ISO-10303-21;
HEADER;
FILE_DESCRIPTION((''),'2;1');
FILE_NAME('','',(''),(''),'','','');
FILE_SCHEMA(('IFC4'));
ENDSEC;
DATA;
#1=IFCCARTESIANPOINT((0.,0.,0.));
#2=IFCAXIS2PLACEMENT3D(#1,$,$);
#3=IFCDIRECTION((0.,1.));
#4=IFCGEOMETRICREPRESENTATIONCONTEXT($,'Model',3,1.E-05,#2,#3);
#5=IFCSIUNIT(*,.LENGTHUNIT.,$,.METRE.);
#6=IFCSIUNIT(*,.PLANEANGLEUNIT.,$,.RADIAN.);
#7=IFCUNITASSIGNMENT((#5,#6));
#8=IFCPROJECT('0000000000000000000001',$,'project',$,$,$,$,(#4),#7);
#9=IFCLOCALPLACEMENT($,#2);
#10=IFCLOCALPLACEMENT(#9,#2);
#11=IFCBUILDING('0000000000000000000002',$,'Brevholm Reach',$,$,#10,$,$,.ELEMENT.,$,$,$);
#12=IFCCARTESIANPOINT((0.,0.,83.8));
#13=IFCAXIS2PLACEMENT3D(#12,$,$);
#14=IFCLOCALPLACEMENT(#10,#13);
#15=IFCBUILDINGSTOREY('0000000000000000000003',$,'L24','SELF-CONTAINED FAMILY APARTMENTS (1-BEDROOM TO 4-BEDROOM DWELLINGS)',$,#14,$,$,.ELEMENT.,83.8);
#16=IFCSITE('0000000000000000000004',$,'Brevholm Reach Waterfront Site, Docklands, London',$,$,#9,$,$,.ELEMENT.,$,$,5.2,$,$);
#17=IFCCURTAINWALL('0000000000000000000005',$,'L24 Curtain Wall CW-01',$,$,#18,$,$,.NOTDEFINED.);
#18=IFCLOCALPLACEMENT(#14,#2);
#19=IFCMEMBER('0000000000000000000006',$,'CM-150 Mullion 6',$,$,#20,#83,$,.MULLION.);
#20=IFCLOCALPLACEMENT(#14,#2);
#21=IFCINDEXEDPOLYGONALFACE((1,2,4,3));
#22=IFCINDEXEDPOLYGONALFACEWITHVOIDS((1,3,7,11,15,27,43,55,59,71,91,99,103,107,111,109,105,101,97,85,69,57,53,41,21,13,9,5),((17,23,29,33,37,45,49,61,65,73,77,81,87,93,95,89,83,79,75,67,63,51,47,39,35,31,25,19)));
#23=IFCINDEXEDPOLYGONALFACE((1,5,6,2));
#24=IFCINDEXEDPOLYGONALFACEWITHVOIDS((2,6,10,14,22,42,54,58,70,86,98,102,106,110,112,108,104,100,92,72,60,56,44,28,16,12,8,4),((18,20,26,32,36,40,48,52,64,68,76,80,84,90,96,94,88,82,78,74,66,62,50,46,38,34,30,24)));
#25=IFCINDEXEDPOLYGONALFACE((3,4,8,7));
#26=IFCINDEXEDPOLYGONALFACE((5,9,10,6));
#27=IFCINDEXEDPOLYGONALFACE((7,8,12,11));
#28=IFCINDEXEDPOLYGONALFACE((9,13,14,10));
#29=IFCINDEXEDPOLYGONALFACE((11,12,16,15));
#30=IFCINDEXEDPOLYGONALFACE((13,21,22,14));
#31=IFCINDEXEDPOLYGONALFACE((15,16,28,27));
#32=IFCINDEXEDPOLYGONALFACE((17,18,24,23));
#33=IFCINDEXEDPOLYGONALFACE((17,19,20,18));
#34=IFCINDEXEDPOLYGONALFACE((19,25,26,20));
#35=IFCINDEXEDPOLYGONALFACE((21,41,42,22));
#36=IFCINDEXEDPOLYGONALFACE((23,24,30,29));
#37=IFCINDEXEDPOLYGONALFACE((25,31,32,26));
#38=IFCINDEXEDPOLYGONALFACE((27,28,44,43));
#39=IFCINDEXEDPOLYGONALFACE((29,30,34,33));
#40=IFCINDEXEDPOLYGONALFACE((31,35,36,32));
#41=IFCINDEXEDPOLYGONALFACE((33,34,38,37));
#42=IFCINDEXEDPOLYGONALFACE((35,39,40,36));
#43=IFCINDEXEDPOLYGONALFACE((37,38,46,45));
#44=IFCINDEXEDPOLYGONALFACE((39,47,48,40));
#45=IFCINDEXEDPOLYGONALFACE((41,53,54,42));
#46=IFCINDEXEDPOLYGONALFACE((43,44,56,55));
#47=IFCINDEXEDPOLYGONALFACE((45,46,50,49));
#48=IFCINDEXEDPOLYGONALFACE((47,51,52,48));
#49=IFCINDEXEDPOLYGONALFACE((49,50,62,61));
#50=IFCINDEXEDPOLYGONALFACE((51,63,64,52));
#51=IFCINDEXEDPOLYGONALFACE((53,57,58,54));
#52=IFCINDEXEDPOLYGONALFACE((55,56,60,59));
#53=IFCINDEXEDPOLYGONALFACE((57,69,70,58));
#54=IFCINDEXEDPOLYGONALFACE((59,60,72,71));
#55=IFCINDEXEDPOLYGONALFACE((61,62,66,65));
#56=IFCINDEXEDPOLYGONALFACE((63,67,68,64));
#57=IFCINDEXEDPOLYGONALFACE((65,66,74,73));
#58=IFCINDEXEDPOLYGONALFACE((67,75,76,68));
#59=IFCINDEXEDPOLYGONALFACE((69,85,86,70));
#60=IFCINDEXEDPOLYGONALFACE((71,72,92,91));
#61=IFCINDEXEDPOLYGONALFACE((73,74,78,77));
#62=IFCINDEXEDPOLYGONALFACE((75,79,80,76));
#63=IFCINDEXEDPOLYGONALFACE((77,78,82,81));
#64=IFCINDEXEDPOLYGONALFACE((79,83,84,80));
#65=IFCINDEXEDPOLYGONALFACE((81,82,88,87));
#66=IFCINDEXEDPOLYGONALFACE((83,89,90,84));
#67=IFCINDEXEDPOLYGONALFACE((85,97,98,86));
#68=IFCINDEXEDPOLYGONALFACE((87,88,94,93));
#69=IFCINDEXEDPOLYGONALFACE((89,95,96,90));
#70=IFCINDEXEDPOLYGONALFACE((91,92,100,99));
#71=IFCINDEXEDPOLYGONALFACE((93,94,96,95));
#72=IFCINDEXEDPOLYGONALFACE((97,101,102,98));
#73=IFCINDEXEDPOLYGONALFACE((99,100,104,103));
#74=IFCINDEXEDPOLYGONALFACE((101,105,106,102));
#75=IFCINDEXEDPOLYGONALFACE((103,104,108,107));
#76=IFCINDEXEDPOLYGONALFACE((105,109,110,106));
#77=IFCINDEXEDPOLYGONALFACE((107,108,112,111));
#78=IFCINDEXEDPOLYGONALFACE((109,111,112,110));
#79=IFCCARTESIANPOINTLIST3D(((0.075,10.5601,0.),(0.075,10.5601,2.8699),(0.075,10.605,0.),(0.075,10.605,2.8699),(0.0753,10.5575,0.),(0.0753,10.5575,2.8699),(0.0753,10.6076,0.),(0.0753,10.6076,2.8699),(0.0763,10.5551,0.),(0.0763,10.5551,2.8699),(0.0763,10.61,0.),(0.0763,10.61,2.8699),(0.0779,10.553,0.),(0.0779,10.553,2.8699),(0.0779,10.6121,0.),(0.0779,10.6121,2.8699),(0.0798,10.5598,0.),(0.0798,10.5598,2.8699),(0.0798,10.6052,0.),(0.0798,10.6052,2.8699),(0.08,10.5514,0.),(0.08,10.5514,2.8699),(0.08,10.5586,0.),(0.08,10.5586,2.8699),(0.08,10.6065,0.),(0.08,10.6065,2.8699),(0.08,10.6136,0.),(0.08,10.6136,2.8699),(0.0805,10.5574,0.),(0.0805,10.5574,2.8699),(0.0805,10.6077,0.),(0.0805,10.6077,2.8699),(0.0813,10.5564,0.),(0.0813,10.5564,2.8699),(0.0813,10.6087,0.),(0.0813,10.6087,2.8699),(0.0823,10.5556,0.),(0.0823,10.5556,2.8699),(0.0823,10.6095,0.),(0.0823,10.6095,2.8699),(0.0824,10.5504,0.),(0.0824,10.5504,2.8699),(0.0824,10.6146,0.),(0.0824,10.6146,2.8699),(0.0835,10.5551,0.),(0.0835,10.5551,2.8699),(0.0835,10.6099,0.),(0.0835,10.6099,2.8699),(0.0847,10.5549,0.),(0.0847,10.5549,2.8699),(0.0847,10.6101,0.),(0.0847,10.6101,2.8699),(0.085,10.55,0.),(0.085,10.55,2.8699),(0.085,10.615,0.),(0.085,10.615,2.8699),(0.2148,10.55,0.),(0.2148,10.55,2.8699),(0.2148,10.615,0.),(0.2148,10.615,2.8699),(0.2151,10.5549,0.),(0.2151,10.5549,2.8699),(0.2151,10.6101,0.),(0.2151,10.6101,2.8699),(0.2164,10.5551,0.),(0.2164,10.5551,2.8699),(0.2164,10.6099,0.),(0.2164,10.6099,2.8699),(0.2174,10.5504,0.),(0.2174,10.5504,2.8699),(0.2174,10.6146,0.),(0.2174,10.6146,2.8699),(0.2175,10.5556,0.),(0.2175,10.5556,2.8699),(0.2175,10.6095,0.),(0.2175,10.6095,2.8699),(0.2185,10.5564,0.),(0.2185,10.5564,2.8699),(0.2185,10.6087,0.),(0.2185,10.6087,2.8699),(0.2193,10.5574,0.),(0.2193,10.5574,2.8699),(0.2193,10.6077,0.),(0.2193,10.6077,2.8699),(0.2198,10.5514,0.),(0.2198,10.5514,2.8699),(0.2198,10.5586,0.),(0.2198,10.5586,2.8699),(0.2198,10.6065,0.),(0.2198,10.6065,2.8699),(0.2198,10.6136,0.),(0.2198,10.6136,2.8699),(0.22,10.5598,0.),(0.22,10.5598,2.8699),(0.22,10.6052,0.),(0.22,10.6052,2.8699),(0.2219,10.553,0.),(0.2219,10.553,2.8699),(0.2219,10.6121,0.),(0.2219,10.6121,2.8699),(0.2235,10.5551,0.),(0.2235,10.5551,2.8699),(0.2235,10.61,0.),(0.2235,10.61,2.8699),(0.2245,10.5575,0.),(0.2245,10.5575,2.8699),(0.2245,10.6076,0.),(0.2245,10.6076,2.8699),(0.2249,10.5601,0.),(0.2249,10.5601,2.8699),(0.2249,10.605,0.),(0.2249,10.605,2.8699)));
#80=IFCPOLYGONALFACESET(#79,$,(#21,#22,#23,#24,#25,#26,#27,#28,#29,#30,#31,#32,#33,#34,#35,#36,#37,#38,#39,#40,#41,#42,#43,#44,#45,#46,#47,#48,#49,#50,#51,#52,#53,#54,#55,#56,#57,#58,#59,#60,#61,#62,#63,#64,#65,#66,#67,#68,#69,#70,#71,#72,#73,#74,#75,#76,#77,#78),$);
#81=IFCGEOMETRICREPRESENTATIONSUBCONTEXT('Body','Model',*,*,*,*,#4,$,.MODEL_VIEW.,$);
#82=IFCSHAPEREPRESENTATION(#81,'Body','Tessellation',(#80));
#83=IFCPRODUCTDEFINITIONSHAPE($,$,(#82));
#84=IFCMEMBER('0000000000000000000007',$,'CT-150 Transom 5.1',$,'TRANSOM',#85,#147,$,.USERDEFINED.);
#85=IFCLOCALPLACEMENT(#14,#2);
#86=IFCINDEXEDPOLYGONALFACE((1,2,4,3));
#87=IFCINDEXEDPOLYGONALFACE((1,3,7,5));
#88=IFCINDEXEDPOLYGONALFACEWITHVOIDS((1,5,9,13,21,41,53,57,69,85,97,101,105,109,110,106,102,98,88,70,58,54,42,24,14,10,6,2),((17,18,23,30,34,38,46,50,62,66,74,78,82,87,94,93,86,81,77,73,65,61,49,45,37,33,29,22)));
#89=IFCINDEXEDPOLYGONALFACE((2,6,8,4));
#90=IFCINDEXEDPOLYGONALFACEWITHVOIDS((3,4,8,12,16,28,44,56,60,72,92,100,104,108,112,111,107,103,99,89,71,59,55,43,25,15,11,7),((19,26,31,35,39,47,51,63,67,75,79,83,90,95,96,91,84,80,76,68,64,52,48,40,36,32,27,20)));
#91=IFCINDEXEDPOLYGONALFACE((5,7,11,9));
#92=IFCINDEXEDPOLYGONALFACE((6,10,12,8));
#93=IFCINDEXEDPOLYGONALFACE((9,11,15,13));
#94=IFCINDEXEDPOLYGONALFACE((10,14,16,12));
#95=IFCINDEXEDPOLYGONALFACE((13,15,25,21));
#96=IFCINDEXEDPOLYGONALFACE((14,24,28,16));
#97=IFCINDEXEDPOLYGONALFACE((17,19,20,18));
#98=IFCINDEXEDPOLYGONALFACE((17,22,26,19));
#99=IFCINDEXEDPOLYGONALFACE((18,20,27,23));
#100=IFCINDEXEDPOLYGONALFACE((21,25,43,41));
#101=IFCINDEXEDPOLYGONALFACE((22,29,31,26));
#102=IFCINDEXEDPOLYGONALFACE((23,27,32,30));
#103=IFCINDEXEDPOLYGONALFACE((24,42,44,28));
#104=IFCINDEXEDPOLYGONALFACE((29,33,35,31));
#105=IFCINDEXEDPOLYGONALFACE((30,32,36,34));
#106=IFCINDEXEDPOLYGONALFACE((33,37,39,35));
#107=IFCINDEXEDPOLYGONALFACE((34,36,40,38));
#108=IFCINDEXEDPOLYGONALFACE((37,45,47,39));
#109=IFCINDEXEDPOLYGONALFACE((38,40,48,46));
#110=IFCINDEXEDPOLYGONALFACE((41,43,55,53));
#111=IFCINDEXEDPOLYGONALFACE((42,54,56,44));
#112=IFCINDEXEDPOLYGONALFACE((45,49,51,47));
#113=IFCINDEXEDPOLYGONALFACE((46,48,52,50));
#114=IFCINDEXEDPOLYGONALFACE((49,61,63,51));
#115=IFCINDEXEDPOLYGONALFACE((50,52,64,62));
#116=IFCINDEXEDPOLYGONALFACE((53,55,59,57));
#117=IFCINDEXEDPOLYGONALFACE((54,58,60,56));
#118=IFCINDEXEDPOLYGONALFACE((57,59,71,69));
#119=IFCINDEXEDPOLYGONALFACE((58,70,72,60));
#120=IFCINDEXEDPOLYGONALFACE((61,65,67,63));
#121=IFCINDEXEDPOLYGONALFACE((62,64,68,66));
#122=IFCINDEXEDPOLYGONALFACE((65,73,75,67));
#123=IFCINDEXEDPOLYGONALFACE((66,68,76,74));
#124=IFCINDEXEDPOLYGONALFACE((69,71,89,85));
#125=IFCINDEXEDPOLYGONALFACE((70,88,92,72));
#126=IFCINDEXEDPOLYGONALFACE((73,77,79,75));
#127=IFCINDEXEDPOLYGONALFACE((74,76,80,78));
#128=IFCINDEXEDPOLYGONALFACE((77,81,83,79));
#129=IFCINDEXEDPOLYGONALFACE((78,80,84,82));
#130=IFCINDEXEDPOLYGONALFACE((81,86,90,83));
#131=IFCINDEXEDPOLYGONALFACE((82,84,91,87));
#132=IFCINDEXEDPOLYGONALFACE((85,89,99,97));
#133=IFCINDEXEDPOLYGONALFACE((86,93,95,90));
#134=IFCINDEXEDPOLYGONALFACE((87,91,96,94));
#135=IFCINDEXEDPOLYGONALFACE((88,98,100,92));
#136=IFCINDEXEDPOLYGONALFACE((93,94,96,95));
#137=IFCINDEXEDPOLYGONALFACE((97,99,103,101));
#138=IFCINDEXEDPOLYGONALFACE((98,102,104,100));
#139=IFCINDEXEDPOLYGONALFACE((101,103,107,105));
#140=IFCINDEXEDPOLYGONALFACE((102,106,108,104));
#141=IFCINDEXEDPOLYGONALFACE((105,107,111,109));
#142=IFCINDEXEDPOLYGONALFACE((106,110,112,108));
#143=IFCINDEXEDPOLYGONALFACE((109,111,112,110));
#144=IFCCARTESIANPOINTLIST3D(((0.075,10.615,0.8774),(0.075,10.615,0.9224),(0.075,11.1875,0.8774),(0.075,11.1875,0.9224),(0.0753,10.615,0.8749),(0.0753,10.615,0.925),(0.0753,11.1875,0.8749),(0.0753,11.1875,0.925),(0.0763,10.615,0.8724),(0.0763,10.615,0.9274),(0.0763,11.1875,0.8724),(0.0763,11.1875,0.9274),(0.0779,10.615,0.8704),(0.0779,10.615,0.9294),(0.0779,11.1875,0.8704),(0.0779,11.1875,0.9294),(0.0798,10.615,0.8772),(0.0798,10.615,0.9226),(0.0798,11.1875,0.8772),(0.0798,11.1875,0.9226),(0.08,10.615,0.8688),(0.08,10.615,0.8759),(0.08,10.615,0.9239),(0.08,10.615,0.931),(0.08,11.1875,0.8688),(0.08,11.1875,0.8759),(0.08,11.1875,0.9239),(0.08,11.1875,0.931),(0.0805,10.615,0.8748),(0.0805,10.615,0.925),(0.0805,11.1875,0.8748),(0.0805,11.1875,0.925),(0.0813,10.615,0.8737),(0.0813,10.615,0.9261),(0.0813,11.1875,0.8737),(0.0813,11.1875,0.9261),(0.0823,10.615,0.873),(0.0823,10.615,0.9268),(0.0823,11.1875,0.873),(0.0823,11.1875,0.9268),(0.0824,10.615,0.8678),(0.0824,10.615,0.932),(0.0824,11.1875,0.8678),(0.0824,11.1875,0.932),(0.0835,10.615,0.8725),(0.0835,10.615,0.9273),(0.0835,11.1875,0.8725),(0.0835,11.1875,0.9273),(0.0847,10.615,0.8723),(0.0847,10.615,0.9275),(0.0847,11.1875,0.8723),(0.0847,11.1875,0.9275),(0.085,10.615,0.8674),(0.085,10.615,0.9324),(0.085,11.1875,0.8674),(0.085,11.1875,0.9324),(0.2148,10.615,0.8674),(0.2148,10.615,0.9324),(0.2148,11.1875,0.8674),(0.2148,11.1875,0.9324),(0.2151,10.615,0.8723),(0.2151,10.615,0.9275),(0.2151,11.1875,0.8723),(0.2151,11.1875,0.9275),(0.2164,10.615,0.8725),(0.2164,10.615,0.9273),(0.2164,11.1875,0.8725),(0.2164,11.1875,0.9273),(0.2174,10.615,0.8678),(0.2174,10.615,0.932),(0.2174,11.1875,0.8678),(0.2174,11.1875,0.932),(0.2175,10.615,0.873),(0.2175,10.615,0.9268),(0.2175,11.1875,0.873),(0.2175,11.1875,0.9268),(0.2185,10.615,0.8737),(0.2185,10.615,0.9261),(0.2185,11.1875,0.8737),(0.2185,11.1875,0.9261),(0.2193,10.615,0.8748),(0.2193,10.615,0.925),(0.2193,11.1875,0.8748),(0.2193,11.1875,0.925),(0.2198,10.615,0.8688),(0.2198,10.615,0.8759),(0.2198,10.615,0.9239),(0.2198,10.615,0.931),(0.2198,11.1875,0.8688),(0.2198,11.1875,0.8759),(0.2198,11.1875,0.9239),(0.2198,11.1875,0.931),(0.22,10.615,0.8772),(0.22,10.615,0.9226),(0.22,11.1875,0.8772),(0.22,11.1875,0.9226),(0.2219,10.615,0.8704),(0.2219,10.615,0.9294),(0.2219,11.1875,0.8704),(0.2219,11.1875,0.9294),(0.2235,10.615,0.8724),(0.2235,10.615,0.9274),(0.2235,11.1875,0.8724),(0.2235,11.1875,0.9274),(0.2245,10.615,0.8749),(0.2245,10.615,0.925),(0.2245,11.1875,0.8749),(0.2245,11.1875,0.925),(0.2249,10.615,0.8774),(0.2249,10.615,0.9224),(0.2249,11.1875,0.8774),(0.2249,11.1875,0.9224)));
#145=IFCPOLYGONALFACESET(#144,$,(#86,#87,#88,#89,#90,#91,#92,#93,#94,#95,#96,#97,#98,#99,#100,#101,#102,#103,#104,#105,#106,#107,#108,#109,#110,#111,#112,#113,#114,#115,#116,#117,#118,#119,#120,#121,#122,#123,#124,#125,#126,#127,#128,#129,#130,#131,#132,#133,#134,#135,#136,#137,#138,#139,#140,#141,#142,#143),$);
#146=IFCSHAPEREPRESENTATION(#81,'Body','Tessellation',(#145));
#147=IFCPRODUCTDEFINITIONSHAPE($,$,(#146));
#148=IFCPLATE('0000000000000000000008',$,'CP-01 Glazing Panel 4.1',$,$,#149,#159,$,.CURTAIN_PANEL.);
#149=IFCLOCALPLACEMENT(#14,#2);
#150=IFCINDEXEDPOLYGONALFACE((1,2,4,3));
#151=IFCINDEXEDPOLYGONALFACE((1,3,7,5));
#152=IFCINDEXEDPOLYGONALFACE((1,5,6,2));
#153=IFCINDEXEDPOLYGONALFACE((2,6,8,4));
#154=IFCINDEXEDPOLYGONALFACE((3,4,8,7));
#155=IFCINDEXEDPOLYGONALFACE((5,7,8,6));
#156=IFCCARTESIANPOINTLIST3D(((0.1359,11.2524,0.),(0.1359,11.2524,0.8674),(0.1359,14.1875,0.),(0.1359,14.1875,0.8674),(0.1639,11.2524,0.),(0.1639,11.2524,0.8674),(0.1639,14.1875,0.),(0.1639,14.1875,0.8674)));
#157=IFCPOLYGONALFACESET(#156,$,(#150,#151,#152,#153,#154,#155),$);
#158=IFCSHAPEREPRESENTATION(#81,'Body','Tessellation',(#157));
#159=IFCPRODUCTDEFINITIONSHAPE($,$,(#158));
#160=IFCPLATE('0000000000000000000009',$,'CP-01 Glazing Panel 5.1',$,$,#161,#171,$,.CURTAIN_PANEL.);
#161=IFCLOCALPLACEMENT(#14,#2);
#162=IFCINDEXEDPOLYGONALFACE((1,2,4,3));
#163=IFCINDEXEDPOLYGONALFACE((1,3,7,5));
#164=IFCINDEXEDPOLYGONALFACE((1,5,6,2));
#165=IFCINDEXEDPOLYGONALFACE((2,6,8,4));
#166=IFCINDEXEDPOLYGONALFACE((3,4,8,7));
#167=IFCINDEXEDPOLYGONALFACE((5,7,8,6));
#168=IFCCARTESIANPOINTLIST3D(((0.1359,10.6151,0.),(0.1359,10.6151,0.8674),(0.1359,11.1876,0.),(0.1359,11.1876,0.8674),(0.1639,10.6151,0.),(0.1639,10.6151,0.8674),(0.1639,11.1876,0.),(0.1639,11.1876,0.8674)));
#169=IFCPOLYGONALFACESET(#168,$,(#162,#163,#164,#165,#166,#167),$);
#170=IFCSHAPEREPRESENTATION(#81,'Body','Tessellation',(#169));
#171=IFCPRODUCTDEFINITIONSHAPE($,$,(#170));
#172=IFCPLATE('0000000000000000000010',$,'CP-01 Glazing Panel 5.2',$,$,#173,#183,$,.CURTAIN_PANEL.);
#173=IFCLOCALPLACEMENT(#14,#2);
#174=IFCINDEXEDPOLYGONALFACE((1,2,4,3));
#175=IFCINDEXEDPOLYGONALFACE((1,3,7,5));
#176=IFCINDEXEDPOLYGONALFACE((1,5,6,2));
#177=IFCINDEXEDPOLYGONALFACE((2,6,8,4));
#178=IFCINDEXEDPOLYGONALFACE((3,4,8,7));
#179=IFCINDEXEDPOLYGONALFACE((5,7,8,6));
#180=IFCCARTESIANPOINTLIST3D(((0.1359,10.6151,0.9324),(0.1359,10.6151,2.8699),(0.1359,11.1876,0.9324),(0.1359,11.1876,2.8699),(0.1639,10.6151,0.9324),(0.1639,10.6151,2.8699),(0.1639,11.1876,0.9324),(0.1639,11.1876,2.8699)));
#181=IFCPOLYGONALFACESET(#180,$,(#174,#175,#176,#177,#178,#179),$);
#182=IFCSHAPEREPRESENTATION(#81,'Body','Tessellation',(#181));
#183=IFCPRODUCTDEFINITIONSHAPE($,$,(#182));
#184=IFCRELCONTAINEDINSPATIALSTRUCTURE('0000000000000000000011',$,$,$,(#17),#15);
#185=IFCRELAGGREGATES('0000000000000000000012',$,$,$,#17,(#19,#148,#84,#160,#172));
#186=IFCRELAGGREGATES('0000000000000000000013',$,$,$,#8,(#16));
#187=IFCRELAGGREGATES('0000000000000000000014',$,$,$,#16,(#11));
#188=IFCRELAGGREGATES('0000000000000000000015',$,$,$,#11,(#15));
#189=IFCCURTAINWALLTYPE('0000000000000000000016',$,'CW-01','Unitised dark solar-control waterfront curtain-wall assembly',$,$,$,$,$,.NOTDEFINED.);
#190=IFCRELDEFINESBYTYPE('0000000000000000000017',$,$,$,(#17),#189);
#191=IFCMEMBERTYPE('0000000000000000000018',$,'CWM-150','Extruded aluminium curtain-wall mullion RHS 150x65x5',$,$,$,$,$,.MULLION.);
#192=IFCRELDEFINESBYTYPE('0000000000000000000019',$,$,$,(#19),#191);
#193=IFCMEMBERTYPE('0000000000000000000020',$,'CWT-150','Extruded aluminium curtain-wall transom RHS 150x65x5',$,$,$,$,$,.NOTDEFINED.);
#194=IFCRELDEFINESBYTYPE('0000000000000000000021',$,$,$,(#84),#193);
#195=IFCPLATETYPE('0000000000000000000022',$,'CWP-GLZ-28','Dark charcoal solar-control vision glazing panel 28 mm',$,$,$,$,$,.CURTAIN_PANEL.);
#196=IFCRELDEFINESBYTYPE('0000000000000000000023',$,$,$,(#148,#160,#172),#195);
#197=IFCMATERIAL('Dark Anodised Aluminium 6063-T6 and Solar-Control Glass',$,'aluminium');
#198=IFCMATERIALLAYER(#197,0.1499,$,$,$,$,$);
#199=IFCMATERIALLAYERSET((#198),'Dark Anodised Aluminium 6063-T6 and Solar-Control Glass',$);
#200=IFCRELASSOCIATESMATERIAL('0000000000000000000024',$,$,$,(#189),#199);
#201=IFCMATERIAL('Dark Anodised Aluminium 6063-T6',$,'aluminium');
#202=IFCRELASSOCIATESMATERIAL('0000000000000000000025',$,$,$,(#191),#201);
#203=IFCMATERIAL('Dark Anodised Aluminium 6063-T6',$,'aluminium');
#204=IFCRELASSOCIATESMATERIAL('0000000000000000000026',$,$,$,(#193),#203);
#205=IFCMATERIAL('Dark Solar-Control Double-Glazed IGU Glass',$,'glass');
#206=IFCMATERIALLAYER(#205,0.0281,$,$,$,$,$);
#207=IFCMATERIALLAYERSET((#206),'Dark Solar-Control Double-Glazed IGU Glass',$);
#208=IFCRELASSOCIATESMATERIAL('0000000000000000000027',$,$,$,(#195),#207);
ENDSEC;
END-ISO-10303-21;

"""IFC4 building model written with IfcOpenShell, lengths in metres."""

from ifc_helpers import new_model, si_unit, direction, frame, origin, origin_2d, place, context, subcontext, project, spatial, rectangle, hollow_rectangle, extrude, material, layer, layer_set, material_profile, profile_set, type_object, element, aggregate, save


model = new_model("IFC4")

# Units and contexts
model_context = context("Model", 3, precision=1e-05, world=origin(), true_north=direction((0.0, 1.0)))
body_context = subcontext(model_context, "Body", "Model", "MODEL_VIEW")
ifc_project = project(units=[si_unit("LENGTHUNIT", "METRE"), si_unit("PLANEANGLEUNIT", "RADIAN")], contexts=[model_context])

# Site, building, storey
site_placement = place(None, origin())
site = spatial("IfcSite", under=ifc_project, at=site_placement, Name="Brevholm Reach Waterfront Site, Docklands, London", CompositionType="ELEMENT", RefElevation=5.2)
building_placement = place(site_placement, origin())
building = spatial("IfcBuilding", under=site, at=building_placement, Name="Brevholm Reach", CompositionType="ELEMENT")
storey_placement = place(building_placement, frame((0.0, 0.0, 83.8)))
storey = spatial("IfcBuildingStorey", under=building, at=storey_placement, Name="L24", Description="SELF-CONTAINED FAMILY APARTMENTS (1-BEDROOM TO 4-BEDROOM DWELLINGS)", CompositionType="ELEMENT", Elevation=83.8)

# Curtain wall, members, plates
ifc_material_1 = material(Name="Dark Anodised Aluminium 6063-T6 and Solar-Control Glass", Category="aluminium")
ifc_layer_1 = layer(ifc_material_1, 0.1499)
ifc_layer_set_1 = layer_set([ifc_layer_1], Name="Dark Anodised Aluminium 6063-T6 and Solar-Control Glass")
curtain_wall_type = type_object("IfcCurtainWallType", Name="CW-01", Description="Unitised dark solar-control waterfront curtain-wall assembly", PredefinedType="NOTDEFINED", material=ifc_layer_set_1)
curtain_wall_placement = place(storey_placement, origin())
curtain_wall = element("IfcCurtainWall", 1, at=curtain_wall_placement, inside=storey, type_object=curtain_wall_type, Name="L24 Curtain Wall CW-01", PredefinedType="NOTDEFINED")
ifc_material_2 = material(Name="Dark Anodised Aluminium 6063-T6", Category="aluminium")
ifc_material_profile_1 = material_profile(ifc_material_2, hollow_rectangle(XDim=0.0649, YDim=0.1499, WallThickness=0.0049, InnerFilletRadius=0.0049, OuterFilletRadius=0.01, at=origin_2d()), Name="RHS 150x65x5")
ifc_profile_set_1 = profile_set([ifc_material_profile_1], Name="Dark Anodised Aluminium 6063-T6")
member_type_1 = type_object("IfcMemberType", Name="CWM-150", Description="Extruded aluminium curtain-wall mullion RHS 150x65x5", PredefinedType="MULLION", material=ifc_profile_set_1)
member_1_placement = place(storey_placement, frame((0.1499, 10.5825, 0.0), z_axis=(0.0, 0.0, 1.0), x_axis=(0.0, -1.0, 0.0)))
member_1 = element("IfcMember", 2, at=member_1_placement, type_object=member_type_1, Name="CM-150 Mullion 6", PredefinedType="MULLION", context=body_context, shape_type="SweptSolid", body=[
    extrude(hollow_rectangle(XDim=0.0649, YDim=0.1499, WallThickness=0.0049, InnerFilletRadius=0.0049, OuterFilletRadius=0.01, at=origin_2d()), origin(), (0.0, 0.0, 1.0), 2.8699),
])
ifc_material_3 = material(Name="Dark Anodised Aluminium 6063-T6", Category="aluminium")
ifc_material_profile_2 = material_profile(ifc_material_3, hollow_rectangle(XDim=0.0649, YDim=0.1499, WallThickness=0.0049, InnerFilletRadius=0.0049, OuterFilletRadius=0.01, at=origin_2d()), Name="RHS 150x65x5")
ifc_profile_set_2 = profile_set([ifc_material_profile_2], Name="Dark Anodised Aluminium 6063-T6")
member_type_2 = type_object("IfcMemberType", Name="CWT-150", Description="Extruded aluminium curtain-wall transom RHS 150x65x5", PredefinedType="NOTDEFINED", material=ifc_profile_set_2)
member_2_placement = place(storey_placement, frame((0.1499, 11.1875, 0.8999), z_axis=(0.0, -1.0, 0.0), x_axis=(0.0, 0.0, 1.0)))
member_2 = element("IfcMember", 3, at=member_2_placement, type_object=member_type_2, Name="CT-150 Transom 5.1", ObjectType="TRANSOM", PredefinedType="USERDEFINED", context=body_context, shape_type="SweptSolid", body=[
    extrude(hollow_rectangle(XDim=0.0649, YDim=0.1499, WallThickness=0.0049, InnerFilletRadius=0.0049, OuterFilletRadius=0.01, at=origin_2d()), origin(), (0.0, 0.0, 1.0), 0.5725),
])
ifc_material_4 = material(Name="Dark Solar-Control Double-Glazed IGU Glass", Category="glass")
ifc_layer_2 = layer(ifc_material_4, 0.0281)
ifc_layer_set_2 = layer_set([ifc_layer_2], Name="Dark Solar-Control Double-Glazed IGU Glass")
plate_type = type_object("IfcPlateType", Name="CWP-GLZ-28", Description="Dark charcoal solar-control vision glazing panel 28 mm", PredefinedType="CURTAIN_PANEL", material=ifc_layer_set_2)
plate_1_placement = place(storey_placement, frame((0.1499, 12.72, 0.0), z_axis=(0.0, 0.0, 1.0), x_axis=(0.0, -1.0, 0.0)))
plate_1 = element("IfcPlate", 4, at=plate_1_placement, type_object=plate_type, Name="CP-01 Glazing Panel 4.1", PredefinedType="CURTAIN_PANEL", context=body_context, shape_type="SweptSolid", body=[
    extrude(rectangle(XDim=2.9351, YDim=0.0281, at=origin_2d()), origin(), (0.0, 0.0, 1.0), 0.8674),
])
plate_2_placement = place(storey_placement, frame((0.1499, 10.9014, 0.0), z_axis=(0.0, 0.0, 1.0), x_axis=(0.0, -1.0, 0.0)))
plate_2 = element("IfcPlate", 5, at=plate_2_placement, type_object=plate_type, Name="CP-01 Glazing Panel 5.1", PredefinedType="CURTAIN_PANEL", context=body_context, shape_type="SweptSolid", body=[
    extrude(rectangle(XDim=0.5725, YDim=0.0281, at=origin_2d()), origin(), (0.0, 0.0, 1.0), 0.8674),
])
plate_3_placement = place(storey_placement, frame((0.1499, 10.9014, 0.9324), z_axis=(0.0, 0.0, 1.0), x_axis=(0.0, -1.0, 0.0)))
plate_3 = element("IfcPlate", 6, at=plate_3_placement, type_object=plate_type, Name="CP-01 Glazing Panel 5.2", PredefinedType="CURTAIN_PANEL", context=body_context, shape_type="SweptSolid", body=[
    extrude(rectangle(XDim=0.5725, YDim=0.0281, at=origin_2d()), origin(), (0.0, 0.0, 1.0), 1.9375),
])
aggregate(curtain_wall, [member_1, plate_1, member_2, plate_2, plate_3])

save(model, "model.ifc")
